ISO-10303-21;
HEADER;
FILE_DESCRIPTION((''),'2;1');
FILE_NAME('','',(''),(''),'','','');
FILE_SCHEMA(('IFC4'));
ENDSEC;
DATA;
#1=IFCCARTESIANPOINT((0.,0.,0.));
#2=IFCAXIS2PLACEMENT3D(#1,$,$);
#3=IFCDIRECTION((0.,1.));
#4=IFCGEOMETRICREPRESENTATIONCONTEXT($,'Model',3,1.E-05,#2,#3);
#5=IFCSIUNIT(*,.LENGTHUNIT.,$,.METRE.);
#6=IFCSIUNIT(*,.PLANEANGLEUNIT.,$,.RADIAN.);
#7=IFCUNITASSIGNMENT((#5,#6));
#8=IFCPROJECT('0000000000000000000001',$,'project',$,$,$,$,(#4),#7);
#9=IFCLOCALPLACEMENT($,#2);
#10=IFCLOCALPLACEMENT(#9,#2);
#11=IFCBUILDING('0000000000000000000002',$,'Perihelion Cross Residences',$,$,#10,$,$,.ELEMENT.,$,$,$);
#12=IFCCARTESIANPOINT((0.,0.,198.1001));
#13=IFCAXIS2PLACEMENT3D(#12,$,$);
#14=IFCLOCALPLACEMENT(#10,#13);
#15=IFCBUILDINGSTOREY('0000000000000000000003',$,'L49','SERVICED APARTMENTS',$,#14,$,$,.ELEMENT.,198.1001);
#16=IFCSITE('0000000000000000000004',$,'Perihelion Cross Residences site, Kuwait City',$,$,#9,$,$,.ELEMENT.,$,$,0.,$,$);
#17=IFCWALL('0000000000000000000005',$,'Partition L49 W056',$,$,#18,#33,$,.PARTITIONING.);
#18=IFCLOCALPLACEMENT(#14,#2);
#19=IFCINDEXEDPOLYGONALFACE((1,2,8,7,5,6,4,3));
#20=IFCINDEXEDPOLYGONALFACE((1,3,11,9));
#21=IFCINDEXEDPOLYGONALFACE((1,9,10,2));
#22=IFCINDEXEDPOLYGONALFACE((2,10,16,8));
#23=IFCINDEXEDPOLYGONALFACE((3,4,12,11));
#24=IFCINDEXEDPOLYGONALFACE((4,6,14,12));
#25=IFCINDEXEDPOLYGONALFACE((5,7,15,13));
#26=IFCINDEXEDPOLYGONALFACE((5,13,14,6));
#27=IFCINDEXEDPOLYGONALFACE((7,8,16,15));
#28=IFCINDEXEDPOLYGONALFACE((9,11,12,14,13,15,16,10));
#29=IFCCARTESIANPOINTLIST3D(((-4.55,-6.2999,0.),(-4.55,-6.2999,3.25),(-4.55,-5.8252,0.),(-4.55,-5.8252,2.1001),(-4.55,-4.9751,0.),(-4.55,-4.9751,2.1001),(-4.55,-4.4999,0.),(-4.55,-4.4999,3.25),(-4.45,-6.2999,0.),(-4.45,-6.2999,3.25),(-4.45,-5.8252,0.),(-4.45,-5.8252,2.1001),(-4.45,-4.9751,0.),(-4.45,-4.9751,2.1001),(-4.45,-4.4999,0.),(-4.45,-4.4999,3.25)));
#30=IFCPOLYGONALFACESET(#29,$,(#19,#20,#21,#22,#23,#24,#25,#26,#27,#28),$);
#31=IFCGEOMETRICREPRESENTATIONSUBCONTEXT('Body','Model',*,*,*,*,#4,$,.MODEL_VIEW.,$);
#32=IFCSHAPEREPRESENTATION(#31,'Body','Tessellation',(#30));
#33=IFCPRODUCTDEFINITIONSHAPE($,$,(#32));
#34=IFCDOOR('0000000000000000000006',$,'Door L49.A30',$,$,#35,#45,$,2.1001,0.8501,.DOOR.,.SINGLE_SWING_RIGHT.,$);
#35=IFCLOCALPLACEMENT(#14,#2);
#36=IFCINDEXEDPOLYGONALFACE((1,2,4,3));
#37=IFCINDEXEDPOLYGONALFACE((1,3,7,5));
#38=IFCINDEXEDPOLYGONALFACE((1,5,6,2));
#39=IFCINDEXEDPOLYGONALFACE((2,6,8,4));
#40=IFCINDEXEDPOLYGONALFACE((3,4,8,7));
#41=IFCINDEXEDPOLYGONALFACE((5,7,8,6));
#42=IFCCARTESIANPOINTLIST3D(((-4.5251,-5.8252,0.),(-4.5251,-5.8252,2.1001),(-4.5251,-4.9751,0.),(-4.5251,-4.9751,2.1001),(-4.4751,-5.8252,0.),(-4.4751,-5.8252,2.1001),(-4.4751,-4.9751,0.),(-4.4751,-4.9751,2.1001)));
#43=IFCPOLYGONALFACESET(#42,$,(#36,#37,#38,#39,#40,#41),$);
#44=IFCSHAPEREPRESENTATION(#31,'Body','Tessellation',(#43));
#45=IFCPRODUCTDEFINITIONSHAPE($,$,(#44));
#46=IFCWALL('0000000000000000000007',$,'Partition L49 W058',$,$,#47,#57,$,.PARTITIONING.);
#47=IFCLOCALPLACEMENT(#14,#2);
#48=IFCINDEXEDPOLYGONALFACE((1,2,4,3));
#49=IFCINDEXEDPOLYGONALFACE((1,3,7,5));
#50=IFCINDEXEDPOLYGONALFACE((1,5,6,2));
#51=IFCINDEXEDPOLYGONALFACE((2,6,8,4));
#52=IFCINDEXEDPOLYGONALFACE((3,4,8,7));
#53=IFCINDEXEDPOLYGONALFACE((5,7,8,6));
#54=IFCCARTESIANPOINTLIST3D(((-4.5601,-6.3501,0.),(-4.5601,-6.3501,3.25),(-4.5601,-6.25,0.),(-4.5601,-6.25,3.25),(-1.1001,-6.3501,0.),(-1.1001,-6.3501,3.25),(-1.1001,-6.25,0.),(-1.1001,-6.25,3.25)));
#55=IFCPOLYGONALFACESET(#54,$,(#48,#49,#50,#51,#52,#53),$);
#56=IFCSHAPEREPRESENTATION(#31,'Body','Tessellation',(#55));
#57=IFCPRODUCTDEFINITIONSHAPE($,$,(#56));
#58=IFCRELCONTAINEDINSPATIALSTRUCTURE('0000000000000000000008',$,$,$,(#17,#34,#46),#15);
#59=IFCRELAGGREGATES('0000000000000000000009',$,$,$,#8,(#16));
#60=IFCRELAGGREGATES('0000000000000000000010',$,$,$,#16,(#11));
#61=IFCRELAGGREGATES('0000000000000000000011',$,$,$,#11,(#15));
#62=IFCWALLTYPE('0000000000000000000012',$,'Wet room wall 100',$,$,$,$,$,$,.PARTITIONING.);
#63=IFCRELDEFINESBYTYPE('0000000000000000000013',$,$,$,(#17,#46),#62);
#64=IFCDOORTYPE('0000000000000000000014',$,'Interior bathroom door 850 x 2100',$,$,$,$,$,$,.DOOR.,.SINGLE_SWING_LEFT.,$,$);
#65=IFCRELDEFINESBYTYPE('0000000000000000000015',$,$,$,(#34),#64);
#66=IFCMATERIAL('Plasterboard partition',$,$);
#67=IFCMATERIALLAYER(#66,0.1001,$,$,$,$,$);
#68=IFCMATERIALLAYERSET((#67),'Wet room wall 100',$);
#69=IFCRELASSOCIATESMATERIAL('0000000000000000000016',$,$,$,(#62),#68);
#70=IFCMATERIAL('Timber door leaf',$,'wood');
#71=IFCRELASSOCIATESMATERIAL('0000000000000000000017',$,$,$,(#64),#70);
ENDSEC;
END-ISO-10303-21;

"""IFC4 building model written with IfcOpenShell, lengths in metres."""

from ifc_helpers import new_model, si_unit, direction, frame, frame_2d, origin, place, context, subcontext, project, spatial, rectangle, extrude, material, layer, layer_set, type_object, element, fill, save


model = new_model("IFC4")

# Units and contexts
model_context = context("Model", 3, precision=1e-05, world=origin(), true_north=direction((0.0, 1.0)))
body_context = subcontext(model_context, "Body", "Model", "MODEL_VIEW")
ifc_project = project(units=[si_unit("LENGTHUNIT", "METRE"), si_unit("PLANEANGLEUNIT", "RADIAN")], contexts=[model_context])

# Site, building, storey
site_placement = place(None, origin())
site = spatial("IfcSite", under=ifc_project, at=site_placement, Name="Perihelion Cross Residences site, Kuwait City", CompositionType="ELEMENT", RefElevation=0.0)
building_placement = place(site_placement, origin())
building = spatial("IfcBuilding", under=site, at=building_placement, Name="Perihelion Cross Residences", CompositionType="ELEMENT")
storey_placement = place(building_placement, frame((0.0, 0.0, 198.1001)))
storey = spatial("IfcBuildingStorey", under=building, at=storey_placement, Name="L49", Description="SERVICED APARTMENTS", CompositionType="ELEMENT", Elevation=198.1001)

# Wall, opening, door
ifc_material_1 = material(Name="Plasterboard partition")
ifc_layer_1 = layer(ifc_material_1, 0.1001)
ifc_layer_set_1 = layer_set([ifc_layer_1], Name="Wet room wall 100")
wall_type_1 = type_object("IfcWallType", Name="Wet room wall 100", PredefinedType="PARTITIONING", material=ifc_layer_set_1)
wall_1_placement = place(storey_placement, frame((-4.5, -4.5, 0.0), z_axis=(0.0, 0.0, 1.0), x_axis=(0.0, -1.0, 0.0)))
wall_1 = element("IfcWall", 1, at=wall_1_placement, inside=storey, type_object=wall_type_1, Name="Partition L49 W056", PredefinedType="PARTITIONING", context=body_context, shape_type="SweptSolid", body=[
    extrude(rectangle(XDim=1.8, YDim=0.1001, at=frame_2d((0.8999, 0.0))), origin(), (0.0, 0.0, 1.0), 3.25),
])
opening_1_placement = place(wall_1_placement, frame((0.4751, 0.0, 0.0)))
opening_1 = element("IfcOpeningElement", 2, at=opening_1_placement, cuts=wall_1, PredefinedType="OPENING", context=body_context, shape_type="SweptSolid", body=[
    extrude(rectangle(XDim=0.8501, YDim=2.1001, at=frame_2d((0.425, 1.05))), frame((0.0, 0.0601, 0.0), z_axis=(0.0, -1.0, 0.0), x_axis=(1.0, 0.0, 0.0)), (0.0, 0.0, 1.0), 0.1201),
])
ifc_material_2 = material(Name="Timber door leaf", Category="wood")
door_type_1 = type_object("IfcDoorType", Name="Interior bathroom door 850 x 2100", OperationType="SINGLE_SWING_LEFT", PredefinedType="DOOR", material=ifc_material_2)
door_1_placement = place(opening_1_placement, origin())
door_1 = element("IfcDoor", 3, at=door_1_placement, inside=storey, type_object=door_type_1, Name="Door L49.A30", OperationType="SINGLE_SWING_RIGHT", OverallHeight=2.1001, OverallWidth=0.8501, PredefinedType="DOOR", context=body_context, shape_type="SweptSolid", body=[
    extrude(rectangle(XDim=0.8501, YDim=2.1001, at=frame_2d((0.425, 1.05))), frame((0.0, 0.0249, 0.0), z_axis=(0.0, -1.0, 0.0), x_axis=(1.0, 0.0, 0.0)), (0.0, 0.0, 1.0), 0.05),
])
fill(opening_1, door_1)

# Wall
wall_2_placement = place(storey_placement, frame((-1.1001, -6.3, 0.0), z_axis=(0.0, 0.0, 1.0), x_axis=(-1.0, 0.0, 0.0)))
element("IfcWall", 4, at=wall_2_placement, inside=storey, type_object=wall_type_1, Name="Partition L49 W058", PredefinedType="PARTITIONING", context=body_context, shape_type="SweptSolid", body=[
    extrude(rectangle(XDim=3.46, YDim=0.1001, at=frame_2d((1.73, 0.0))), origin(), (0.0, 0.0, 1.0), 3.25),
])

save(model, "model.ifc")
